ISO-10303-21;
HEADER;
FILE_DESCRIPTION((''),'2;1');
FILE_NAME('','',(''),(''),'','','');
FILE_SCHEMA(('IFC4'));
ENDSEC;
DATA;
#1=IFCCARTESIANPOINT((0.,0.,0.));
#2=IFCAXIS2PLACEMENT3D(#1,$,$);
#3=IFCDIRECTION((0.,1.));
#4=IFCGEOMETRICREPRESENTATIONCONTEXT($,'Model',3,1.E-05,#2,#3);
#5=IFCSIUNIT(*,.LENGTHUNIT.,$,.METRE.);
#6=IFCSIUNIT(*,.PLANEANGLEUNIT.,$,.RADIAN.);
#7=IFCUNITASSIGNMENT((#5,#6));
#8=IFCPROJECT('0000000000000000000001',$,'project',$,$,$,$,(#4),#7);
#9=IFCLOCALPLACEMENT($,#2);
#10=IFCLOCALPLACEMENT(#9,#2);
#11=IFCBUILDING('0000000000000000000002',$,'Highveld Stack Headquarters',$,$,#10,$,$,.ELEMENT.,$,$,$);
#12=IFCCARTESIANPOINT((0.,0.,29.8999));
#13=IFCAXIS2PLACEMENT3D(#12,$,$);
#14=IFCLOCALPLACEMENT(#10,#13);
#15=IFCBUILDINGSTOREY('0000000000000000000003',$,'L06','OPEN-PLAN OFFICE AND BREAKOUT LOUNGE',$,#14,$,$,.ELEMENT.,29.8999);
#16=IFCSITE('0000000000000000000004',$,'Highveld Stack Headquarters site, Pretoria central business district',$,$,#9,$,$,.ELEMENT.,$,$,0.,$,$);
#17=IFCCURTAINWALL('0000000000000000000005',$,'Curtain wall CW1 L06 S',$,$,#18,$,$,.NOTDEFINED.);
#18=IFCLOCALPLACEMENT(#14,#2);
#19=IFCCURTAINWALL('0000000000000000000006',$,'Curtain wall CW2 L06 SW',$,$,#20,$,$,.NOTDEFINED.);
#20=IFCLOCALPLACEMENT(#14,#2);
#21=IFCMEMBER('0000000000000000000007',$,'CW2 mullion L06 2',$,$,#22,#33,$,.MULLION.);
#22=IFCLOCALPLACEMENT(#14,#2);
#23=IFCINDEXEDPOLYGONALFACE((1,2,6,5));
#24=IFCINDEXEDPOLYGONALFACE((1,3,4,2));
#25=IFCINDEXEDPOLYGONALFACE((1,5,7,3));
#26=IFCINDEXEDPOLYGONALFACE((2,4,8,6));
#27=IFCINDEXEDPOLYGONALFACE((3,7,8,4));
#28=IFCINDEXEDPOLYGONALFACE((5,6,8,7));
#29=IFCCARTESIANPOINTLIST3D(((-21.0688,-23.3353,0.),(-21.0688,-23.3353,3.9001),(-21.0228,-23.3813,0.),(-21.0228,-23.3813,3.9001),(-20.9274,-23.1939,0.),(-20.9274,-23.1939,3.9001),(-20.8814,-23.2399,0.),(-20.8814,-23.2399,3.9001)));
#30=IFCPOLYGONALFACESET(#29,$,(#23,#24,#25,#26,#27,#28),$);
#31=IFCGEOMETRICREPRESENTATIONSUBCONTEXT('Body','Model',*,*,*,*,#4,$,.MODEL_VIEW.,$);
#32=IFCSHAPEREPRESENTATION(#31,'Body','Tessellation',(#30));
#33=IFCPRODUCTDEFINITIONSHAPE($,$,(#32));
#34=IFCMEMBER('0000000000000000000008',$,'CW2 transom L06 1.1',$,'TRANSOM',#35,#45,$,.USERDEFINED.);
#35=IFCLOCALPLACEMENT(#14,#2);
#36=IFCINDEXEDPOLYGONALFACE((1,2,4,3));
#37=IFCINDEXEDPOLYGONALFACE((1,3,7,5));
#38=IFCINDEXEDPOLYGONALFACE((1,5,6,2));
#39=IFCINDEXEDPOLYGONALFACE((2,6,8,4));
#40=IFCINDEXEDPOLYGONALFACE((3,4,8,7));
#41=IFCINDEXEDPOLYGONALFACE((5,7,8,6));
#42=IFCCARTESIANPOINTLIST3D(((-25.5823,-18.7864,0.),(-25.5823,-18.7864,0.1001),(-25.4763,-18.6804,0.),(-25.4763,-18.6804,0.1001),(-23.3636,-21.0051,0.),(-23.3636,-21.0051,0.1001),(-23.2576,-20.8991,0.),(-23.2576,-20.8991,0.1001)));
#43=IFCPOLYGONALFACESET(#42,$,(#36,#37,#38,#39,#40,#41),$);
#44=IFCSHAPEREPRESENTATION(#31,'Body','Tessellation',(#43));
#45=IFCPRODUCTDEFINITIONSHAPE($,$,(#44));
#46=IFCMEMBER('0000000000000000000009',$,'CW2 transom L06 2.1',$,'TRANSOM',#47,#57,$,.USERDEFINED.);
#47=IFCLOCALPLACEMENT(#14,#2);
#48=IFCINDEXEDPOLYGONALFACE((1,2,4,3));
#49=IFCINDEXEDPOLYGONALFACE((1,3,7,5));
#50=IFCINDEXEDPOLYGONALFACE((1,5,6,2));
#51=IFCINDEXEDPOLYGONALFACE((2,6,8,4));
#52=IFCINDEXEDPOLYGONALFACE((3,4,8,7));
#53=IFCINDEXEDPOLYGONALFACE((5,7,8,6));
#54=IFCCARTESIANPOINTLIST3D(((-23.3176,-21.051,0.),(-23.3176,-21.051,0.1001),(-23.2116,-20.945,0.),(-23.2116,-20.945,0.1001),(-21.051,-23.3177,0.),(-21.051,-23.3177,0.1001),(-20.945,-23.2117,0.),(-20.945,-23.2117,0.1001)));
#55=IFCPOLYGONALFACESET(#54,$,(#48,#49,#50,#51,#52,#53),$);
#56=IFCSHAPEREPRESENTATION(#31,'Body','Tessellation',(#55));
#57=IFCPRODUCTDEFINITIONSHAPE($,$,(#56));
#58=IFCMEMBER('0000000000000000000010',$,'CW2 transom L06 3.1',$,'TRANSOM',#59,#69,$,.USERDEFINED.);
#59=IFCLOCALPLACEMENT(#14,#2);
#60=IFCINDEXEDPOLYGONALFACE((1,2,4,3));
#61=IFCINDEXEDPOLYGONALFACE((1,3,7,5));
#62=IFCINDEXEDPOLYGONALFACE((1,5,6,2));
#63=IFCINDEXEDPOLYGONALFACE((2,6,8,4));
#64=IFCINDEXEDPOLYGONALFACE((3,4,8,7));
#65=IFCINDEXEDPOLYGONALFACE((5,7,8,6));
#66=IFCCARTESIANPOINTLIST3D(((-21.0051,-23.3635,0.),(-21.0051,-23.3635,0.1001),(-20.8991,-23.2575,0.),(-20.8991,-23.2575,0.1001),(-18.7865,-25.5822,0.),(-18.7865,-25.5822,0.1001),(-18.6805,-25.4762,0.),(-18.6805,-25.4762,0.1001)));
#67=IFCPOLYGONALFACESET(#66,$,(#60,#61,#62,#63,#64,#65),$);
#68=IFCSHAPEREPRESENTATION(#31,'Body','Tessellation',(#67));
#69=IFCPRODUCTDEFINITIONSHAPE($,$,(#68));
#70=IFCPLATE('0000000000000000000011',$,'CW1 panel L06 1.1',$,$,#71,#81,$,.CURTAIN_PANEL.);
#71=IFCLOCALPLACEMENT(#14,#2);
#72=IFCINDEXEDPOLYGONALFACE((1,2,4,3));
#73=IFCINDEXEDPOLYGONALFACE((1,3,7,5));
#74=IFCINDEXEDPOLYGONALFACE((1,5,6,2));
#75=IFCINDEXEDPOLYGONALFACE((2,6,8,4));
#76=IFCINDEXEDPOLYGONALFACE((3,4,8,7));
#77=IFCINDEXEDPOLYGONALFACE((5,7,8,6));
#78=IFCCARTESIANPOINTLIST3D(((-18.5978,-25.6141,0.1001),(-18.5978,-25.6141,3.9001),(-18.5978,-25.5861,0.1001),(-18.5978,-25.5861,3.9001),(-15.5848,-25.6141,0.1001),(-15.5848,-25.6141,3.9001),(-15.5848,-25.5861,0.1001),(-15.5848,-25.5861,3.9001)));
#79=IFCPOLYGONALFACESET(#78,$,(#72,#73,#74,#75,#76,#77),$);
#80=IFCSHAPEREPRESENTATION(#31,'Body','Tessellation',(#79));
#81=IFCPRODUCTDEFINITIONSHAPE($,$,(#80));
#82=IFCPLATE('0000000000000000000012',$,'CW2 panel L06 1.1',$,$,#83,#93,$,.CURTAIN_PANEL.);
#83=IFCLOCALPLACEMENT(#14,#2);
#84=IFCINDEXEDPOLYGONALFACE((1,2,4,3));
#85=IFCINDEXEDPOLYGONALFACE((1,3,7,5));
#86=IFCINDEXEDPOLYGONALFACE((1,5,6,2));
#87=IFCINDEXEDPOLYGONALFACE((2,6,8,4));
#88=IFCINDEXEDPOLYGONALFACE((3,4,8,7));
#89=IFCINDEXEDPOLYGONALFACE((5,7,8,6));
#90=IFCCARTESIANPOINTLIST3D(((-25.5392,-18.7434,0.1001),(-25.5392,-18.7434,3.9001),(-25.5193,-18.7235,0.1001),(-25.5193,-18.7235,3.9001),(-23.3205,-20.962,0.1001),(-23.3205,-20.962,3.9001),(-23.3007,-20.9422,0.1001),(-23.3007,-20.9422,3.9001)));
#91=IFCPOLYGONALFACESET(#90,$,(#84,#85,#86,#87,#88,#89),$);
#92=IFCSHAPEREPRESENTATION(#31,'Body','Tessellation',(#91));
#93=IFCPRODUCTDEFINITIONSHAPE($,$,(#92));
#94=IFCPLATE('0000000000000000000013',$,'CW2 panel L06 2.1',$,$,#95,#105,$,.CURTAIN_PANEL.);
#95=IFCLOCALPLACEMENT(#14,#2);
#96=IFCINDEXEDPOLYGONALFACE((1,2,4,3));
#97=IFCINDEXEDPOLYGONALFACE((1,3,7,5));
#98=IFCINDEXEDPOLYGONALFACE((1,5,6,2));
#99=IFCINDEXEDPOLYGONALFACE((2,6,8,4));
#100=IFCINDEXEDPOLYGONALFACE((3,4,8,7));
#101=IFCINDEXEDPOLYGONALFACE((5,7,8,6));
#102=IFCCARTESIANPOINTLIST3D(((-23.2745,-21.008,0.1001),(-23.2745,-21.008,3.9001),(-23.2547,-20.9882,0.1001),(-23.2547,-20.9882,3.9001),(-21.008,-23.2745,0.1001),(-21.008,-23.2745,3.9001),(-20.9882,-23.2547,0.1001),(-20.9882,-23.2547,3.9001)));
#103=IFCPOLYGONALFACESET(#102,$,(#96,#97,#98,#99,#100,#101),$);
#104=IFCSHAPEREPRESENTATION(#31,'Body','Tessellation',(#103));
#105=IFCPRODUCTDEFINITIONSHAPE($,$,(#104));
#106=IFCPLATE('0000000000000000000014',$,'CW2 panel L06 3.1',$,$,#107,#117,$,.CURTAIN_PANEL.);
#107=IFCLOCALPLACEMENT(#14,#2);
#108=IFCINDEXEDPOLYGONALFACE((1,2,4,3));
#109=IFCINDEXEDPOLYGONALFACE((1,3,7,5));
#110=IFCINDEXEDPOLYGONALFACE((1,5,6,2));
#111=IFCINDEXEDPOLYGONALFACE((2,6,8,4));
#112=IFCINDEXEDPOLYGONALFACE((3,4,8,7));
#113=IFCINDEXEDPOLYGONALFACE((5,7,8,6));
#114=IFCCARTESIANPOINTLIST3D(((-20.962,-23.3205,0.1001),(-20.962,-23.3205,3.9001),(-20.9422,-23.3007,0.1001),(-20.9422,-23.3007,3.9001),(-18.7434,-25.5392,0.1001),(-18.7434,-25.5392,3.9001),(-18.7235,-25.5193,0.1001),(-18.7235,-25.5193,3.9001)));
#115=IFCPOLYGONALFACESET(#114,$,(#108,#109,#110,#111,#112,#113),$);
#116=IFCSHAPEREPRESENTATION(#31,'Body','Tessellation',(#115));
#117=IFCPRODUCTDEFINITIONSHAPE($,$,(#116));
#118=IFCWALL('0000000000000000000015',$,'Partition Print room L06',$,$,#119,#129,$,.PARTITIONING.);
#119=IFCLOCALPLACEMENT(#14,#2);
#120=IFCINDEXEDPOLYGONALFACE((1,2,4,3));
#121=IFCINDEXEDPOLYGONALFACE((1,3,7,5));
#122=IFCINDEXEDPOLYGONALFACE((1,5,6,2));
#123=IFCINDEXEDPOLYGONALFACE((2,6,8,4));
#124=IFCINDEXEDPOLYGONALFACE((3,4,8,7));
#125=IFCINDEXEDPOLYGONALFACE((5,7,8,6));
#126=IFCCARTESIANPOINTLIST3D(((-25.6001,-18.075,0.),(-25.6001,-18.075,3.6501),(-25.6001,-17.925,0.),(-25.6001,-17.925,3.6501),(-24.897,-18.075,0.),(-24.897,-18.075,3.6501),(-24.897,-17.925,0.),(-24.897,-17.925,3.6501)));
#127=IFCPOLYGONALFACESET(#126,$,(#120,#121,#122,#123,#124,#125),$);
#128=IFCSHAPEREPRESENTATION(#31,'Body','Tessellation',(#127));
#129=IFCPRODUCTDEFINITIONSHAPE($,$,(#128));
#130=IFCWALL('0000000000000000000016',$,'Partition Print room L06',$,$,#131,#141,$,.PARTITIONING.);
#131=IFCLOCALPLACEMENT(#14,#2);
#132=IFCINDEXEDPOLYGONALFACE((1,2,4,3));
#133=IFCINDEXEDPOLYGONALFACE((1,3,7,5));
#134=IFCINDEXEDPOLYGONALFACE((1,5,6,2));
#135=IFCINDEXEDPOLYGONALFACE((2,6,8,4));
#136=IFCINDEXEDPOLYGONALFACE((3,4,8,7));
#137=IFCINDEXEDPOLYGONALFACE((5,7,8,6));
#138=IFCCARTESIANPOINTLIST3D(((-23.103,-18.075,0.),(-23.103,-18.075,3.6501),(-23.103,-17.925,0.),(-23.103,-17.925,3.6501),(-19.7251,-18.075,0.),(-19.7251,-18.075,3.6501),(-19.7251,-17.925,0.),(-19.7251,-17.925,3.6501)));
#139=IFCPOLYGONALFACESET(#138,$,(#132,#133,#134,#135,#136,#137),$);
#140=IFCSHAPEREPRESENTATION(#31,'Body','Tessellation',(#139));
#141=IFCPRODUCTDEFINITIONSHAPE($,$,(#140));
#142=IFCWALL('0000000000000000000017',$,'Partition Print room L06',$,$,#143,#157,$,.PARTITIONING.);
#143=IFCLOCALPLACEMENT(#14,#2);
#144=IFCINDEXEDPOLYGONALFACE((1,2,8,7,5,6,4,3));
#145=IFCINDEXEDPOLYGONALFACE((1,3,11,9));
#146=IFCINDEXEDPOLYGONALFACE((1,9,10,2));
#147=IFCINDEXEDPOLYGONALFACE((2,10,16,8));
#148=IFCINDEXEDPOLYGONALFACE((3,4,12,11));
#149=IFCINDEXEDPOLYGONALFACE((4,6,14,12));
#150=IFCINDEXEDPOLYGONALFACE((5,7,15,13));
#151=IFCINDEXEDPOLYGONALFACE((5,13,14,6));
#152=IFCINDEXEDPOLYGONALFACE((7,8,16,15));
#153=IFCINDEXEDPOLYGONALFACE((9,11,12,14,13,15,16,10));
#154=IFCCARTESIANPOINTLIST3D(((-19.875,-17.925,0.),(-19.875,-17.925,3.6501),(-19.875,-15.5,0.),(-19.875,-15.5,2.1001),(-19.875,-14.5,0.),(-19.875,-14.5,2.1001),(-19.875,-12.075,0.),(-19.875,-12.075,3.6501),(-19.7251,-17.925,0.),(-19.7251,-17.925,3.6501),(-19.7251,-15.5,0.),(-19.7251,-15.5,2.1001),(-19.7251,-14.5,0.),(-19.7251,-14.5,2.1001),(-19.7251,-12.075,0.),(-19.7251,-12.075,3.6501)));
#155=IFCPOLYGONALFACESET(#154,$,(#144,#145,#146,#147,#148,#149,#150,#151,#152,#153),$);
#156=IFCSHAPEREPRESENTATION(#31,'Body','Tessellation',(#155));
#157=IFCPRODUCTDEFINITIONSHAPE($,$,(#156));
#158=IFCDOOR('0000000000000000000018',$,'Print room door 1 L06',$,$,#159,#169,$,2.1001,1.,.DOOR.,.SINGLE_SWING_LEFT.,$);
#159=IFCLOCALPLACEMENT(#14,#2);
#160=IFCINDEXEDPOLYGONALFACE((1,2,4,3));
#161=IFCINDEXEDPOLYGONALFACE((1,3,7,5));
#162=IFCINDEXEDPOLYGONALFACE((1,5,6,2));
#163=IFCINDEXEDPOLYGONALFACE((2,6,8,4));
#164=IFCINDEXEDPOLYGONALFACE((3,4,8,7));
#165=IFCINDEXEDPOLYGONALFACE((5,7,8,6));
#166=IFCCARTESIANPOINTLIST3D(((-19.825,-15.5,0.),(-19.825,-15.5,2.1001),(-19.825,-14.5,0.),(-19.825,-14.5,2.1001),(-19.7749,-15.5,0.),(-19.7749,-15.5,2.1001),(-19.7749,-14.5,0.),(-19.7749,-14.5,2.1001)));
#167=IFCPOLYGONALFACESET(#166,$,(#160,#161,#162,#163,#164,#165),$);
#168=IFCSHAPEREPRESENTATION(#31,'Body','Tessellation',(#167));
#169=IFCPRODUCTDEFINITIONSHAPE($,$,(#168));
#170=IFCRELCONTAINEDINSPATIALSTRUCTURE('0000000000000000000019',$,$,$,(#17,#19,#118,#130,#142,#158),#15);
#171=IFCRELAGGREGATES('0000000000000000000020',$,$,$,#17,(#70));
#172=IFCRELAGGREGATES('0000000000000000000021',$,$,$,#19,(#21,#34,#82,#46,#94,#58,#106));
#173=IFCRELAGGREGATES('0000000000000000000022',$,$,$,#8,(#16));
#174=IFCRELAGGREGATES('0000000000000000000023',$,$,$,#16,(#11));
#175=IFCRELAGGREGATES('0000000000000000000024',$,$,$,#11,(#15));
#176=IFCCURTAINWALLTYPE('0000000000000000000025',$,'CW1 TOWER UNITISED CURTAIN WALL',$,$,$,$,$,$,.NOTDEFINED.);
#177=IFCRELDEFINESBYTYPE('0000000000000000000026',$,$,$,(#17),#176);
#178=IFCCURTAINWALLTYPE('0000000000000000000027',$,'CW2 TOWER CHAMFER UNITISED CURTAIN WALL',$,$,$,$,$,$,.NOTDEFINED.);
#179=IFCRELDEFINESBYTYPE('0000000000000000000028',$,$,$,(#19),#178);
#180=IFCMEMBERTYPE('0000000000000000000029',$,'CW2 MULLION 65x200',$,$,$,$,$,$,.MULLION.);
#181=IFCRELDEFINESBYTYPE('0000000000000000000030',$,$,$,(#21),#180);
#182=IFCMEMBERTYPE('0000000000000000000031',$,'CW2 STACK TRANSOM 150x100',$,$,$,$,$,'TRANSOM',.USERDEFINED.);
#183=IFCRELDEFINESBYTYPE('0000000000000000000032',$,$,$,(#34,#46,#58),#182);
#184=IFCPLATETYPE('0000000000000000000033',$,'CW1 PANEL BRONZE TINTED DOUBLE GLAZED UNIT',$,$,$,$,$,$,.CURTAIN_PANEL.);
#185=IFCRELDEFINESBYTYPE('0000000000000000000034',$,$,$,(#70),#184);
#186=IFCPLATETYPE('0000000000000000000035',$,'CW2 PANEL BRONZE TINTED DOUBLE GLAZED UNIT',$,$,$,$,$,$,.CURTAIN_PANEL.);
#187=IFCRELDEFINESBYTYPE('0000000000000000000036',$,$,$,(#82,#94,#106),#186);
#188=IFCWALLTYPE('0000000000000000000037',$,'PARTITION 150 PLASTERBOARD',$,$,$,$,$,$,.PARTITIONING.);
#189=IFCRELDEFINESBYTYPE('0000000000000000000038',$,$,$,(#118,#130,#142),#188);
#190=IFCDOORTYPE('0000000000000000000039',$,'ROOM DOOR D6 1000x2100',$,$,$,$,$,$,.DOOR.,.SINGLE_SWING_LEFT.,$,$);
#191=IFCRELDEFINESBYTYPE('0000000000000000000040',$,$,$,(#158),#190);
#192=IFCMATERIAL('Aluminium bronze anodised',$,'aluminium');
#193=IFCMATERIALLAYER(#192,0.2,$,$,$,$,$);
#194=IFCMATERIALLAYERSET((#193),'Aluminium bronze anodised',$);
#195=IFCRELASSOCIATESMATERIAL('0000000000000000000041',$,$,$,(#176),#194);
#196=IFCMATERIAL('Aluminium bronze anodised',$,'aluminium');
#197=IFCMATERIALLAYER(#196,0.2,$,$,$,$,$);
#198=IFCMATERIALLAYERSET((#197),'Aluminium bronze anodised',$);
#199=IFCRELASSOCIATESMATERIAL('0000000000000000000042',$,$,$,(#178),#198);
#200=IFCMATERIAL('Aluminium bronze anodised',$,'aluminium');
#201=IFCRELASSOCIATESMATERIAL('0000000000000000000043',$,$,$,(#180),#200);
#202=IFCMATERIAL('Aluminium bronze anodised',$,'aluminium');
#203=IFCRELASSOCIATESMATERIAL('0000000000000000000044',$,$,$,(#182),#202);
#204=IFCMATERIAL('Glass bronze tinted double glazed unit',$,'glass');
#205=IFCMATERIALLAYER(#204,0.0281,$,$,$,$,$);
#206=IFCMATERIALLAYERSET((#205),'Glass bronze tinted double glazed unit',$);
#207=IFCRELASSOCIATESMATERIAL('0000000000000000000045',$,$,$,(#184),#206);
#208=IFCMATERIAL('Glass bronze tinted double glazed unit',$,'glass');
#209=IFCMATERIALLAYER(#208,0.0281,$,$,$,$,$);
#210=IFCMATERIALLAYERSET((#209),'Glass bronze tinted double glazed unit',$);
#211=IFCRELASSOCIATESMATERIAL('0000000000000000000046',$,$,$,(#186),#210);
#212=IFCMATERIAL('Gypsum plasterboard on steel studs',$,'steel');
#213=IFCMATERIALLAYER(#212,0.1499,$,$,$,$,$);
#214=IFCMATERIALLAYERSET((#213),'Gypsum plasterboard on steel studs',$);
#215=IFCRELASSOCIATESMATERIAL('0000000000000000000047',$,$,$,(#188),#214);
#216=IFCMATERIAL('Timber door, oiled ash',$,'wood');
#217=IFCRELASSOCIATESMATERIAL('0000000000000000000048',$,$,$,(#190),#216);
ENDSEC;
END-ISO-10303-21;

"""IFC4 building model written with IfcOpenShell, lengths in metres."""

from ifc_helpers import new_model, si_unit, direction, frame, frame_2d, origin, origin_2d, place, context, subcontext, project, spatial, rectangle, extrude, material, layer, layer_set, material_profile, profile_set, type_object, element, fill, aggregate, save


model = new_model("IFC4")

# Units and contexts
model_context = context("Model", 3, precision=1e-05, world=origin(), true_north=direction((0.0, 1.0)))
body_context = subcontext(model_context, "Body", "Model", "MODEL_VIEW")
ifc_project = project(units=[si_unit("LENGTHUNIT", "METRE"), si_unit("PLANEANGLEUNIT", "RADIAN")], contexts=[model_context])

# Site, building, storey
site_placement = place(None, origin())
site = spatial("IfcSite", under=ifc_project, at=site_placement, Name="Highveld Stack Headquarters site, Pretoria central business district", CompositionType="ELEMENT", RefElevation=0.0)
building_placement = place(site_placement, origin())
building = spatial("IfcBuilding", under=site, at=building_placement, Name="Highveld Stack Headquarters", CompositionType="ELEMENT")
storey_placement = place(building_placement, frame((0.0, 0.0, 29.8999)))
storey = spatial("IfcBuildingStorey", under=building, at=storey_placement, Name="L06", Description="OPEN-PLAN OFFICE AND BREAKOUT LOUNGE", CompositionType="ELEMENT", Elevation=29.8999)

# Curtain wall
ifc_material_1 = material(Name="Aluminium bronze anodised", Category="aluminium")
ifc_layer_1 = layer(ifc_material_1, 0.2)
ifc_layer_set_1 = layer_set([ifc_layer_1], Name="Aluminium bronze anodised")
curtain_wall_type_1 = type_object("IfcCurtainWallType", Name="CW1 TOWER UNITISED CURTAIN WALL", PredefinedType="NOTDEFINED", material=ifc_layer_set_1)
curtain_wall_1_placement = place(storey_placement, origin())
curtain_wall_1 = element("IfcCurtainWall", 1, at=curtain_wall_1_placement, inside=storey, type_object=curtain_wall_type_1, Name="Curtain wall CW1 L06 S", PredefinedType="NOTDEFINED")

# Curtain wall, members
ifc_material_2 = material(Name="Aluminium bronze anodised", Category="aluminium")
ifc_layer_2 = layer(ifc_material_2, 0.2)
ifc_layer_set_2 = layer_set([ifc_layer_2], Name="Aluminium bronze anodised")
curtain_wall_type_2 = type_object("IfcCurtainWallType", Name="CW2 TOWER CHAMFER UNITISED CURTAIN WALL", PredefinedType="NOTDEFINED", material=ifc_layer_set_2)
curtain_wall_2_placement = place(storey_placement, origin())
curtain_wall_2 = element("IfcCurtainWall", 2, at=curtain_wall_2_placement, inside=storey, type_object=curtain_wall_type_2, Name="Curtain wall CW2 L06 SW", PredefinedType="NOTDEFINED")
ifc_material_3 = material(Name="Aluminium bronze anodised", Category="aluminium")
ifc_material_profile_1 = material_profile(ifc_material_3, rectangle(XDim=0.2, YDim=0.0649, at=origin_2d()), Name="CW2 MULLION 65x200")
ifc_profile_set_1 = profile_set([ifc_material_profile_1], Name="Aluminium bronze anodised")
member_type_1 = type_object("IfcMemberType", Name="CW2 MULLION 65x200", PredefinedType="MULLION", material=ifc_profile_set_1)
member_1_placement = place(storey_placement, frame((-20.9751, -23.2876, 0.0), z_axis=(0.0, 0.0, 1.0), x_axis=(0.707107, 0.707107, 0.0)))
member_1 = element("IfcMember", 3, at=member_1_placement, type_object=member_type_1, Name="CW2 mullion L06 2", PredefinedType="MULLION", context=body_context, shape_type="SweptSolid", body=[
    extrude(rectangle(XDim=0.2, YDim=0.0649, at=origin_2d()), origin(), (0.0, 0.0, 1.0), 3.9001),
])
ifc_material_4 = material(Name="Aluminium bronze anodised", Category="aluminium")
ifc_material_profile_2 = material_profile(ifc_material_4, rectangle(XDim=0.1499, YDim=0.1001, at=origin_2d()), Name="CW2 TRANSOM 150x100")
ifc_profile_set_2 = profile_set([ifc_material_profile_2], Name="Aluminium bronze anodised")
member_type_2 = type_object("IfcMemberType", Name="CW2 STACK TRANSOM 150x100", ElementType="TRANSOM", PredefinedType="USERDEFINED", material=ifc_profile_set_2)
member_2_placement = place(storey_placement, frame((-25.5293, -18.7334, 0.05), z_axis=(0.707107, -0.707107, 0.0), x_axis=(0.707107, 0.707107, 0.0)))
member_2 = element("IfcMember", 4, at=member_2_placement, type_object=member_type_2, Name="CW2 transom L06 1.1", ObjectType="TRANSOM", PredefinedType="USERDEFINED", context=body_context, shape_type="SweptSolid", body=[
    extrude(rectangle(XDim=0.1499, YDim=0.1001, at=origin_2d()), origin(), (0.0, 0.0, 1.0), 3.1377),
])
member_3_placement = place(storey_placement, frame((-23.2646, -20.998, 0.05), z_axis=(0.707107, -0.707107, 0.0), x_axis=(0.707107, 0.707107, 0.0)))
member_3 = element("IfcMember", 5, at=member_3_placement, type_object=member_type_2, Name="CW2 transom L06 2.1", ObjectType="TRANSOM", PredefinedType="USERDEFINED", context=body_context, shape_type="SweptSolid", body=[
    extrude(rectangle(XDim=0.1499, YDim=0.1001, at=origin_2d()), origin(), (0.0, 0.0, 1.0), 3.2056),
])
member_4_placement = place(storey_placement, frame((-20.9521, -23.3105, 0.05), z_axis=(0.707107, -0.707107, 0.0), x_axis=(0.707107, 0.707107, 0.0)))
member_4 = element("IfcMember", 6, at=member_4_placement, type_object=member_type_2, Name="CW2 transom L06 3.1", ObjectType="TRANSOM", PredefinedType="USERDEFINED", context=body_context, shape_type="SweptSolid", body=[
    extrude(rectangle(XDim=0.1499, YDim=0.1001, at=origin_2d()), origin(), (0.0, 0.0, 1.0), 3.1377),
])

# Plates
ifc_material_5 = material(Name="Glass bronze tinted double glazed unit", Category="glass")
ifc_layer_3 = layer(ifc_material_5, 0.0281)
ifc_layer_set_3 = layer_set([ifc_layer_3], Name="Glass bronze tinted double glazed unit")
plate_type_1 = type_object("IfcPlateType", Name="CW1 PANEL BRONZE TINTED DOUBLE GLAZED UNIT", PredefinedType="CURTAIN_PANEL", material=ifc_layer_set_3)
plate_1_placement = place(storey_placement, frame((-17.0913, -25.6001, 0.1001), z_axis=(0.0, 0.0, 1.0), x_axis=(1.0, 0.0, 0.0)))
plate_1 = element("IfcPlate", 7, at=plate_1_placement, type_object=plate_type_1, Name="CW1 panel L06 1.1", PredefinedType="CURTAIN_PANEL", context=body_context, shape_type="SweptSolid", body=[
    extrude(rectangle(XDim=3.0129, YDim=0.0281, at=origin_2d()), origin(), (0.0, 0.0, 1.0), 3.8),
])
aggregate(curtain_wall_1, [plate_1])
ifc_material_6 = material(Name="Glass bronze tinted double glazed unit", Category="glass")
ifc_layer_4 = layer(ifc_material_6, 0.0281)
ifc_layer_set_4 = layer_set([ifc_layer_4], Name="Glass bronze tinted double glazed unit")
plate_type_2 = type_object("IfcPlateType", Name="CW2 PANEL BRONZE TINTED DOUBLE GLAZED UNIT", PredefinedType="CURTAIN_PANEL", material=ifc_layer_set_4)
plate_2_placement = place(storey_placement, frame((-24.4199, -19.8428, 0.1001), z_axis=(0.0, 0.0, 1.0), x_axis=(0.707107, -0.707107, 0.0)))
plate_2 = element("IfcPlate", 8, at=plate_2_placement, type_object=plate_type_2, Name="CW2 panel L06 1.1", PredefinedType="CURTAIN_PANEL", context=body_context, shape_type="SweptSolid", body=[
    extrude(rectangle(XDim=3.1377, YDim=0.0281, at=origin_2d()), origin(), (0.0, 0.0, 1.0), 3.8),
])
plate_3_placement = place(storey_placement, frame((-22.1313, -22.1313, 0.1001), z_axis=(0.0, 0.0, 1.0), x_axis=(0.707107, -0.707107, 0.0)))
plate_3 = element("IfcPlate", 9, at=plate_3_placement, type_object=plate_type_2, Name="CW2 panel L06 2.1", PredefinedType="CURTAIN_PANEL", context=body_context, shape_type="SweptSolid", body=[
    extrude(rectangle(XDim=3.2053, YDim=0.0281, at=origin_2d()), origin(), (0.0, 0.0, 1.0), 3.8),
])
plate_4_placement = place(storey_placement, frame((-19.8428, -24.4199, 0.1001), z_axis=(0.0, 0.0, 1.0), x_axis=(0.707107, -0.707107, 0.0)))
plate_4 = element("IfcPlate", 10, at=plate_4_placement, type_object=plate_type_2, Name="CW2 panel L06 3.1", PredefinedType="CURTAIN_PANEL", context=body_context, shape_type="SweptSolid", body=[
    extrude(rectangle(XDim=3.1377, YDim=0.0281, at=origin_2d()), origin(), (0.0, 0.0, 1.0), 3.8),
])
aggregate(curtain_wall_2, [member_1, member_2, plate_2, member_3, plate_3, member_4, plate_4])

# Walls
ifc_material_7 = material(Name="Gypsum plasterboard on steel studs", Category="steel")
ifc_layer_5 = layer(ifc_material_7, 0.1499)
ifc_layer_set_5 = layer_set([ifc_layer_5], Name="Gypsum plasterboard on steel studs")
wall_type = type_object("IfcWallType", Name="PARTITION 150 PLASTERBOARD", PredefinedType="PARTITIONING", material=ifc_layer_set_5)
wall_1_placement = place(storey_placement, frame((-25.6001, -18.0, 0.0), z_axis=(0.0, 0.0, 1.0), x_axis=(1.0, 0.0, 0.0)))
element("IfcWall", 11, at=wall_1_placement, inside=storey, type_object=wall_type, Name="Partition Print room L06", PredefinedType="PARTITIONING", context=body_context, shape_type="SweptSolid", body=[
    extrude(rectangle(XDim=0.7031, YDim=0.1499, at=frame_2d((0.3516, 0.0))), origin(), (0.0, 0.0, 1.0), 3.6501),
])
wall_2_placement = place(storey_placement, frame((-23.103, -18.0, 0.0), z_axis=(0.0, 0.0, 1.0), x_axis=(1.0, 0.0, 0.0)))
element("IfcWall", 12, at=wall_2_placement, inside=storey, type_object=wall_type, Name="Partition Print room L06", PredefinedType="PARTITIONING", context=body_context, shape_type="SweptSolid", body=[
    extrude(rectangle(XDim=3.3779, YDim=0.1499, at=frame_2d((1.689, 0.0))), origin(), (0.0, 0.0, 1.0), 3.6501),
])

# Wall, opening, door
wall_3_placement = place(storey_placement, frame((-19.8, -17.925, 0.0), z_axis=(0.0, 0.0, 1.0), x_axis=(0.0, 1.0, 0.0)))
wall_3 = element("IfcWall", 13, at=wall_3_placement, inside=storey, type_object=wall_type, Name="Partition Print room L06", PredefinedType="PARTITIONING", context=body_context, shape_type="SweptSolid", body=[
    extrude(rectangle(XDim=5.8501, YDim=0.1499, at=frame_2d((2.925, 0.0))), origin(), (0.0, 0.0, 1.0), 3.6501),
])
opening_placement = place(wall_3_placement, frame((2.425, 0.0, 0.0)))
opening = element("IfcOpeningElement", 14, at=opening_placement, cuts=wall_3, PredefinedType="OPENING", context=body_context, shape_type="SweptSolid", body=[
    extrude(rectangle(XDim=1.0, YDim=2.1001, at=frame_2d((0.5, 1.05))), frame((0.0, 0.085, 0.0), z_axis=(0.0, -1.0, 0.0), x_axis=(1.0, 0.0, 0.0)), (0.0, 0.0, 1.0), 0.1699),
])
ifc_material_8 = material(Name="Timber door, oiled ash", Category="wood")
door_type = type_object("IfcDoorType", Name="ROOM DOOR D6 1000x2100", OperationType="SINGLE_SWING_LEFT", PredefinedType="DOOR", material=ifc_material_8)
door_placement = place(opening_placement, origin())
door = element("IfcDoor", 15, at=door_placement, inside=storey, type_object=door_type, Name="Print room door 1 L06", OperationType="SINGLE_SWING_LEFT", OverallHeight=2.1001, OverallWidth=1.0, PredefinedType="DOOR", context=body_context, shape_type="SweptSolid", body=[
    extrude(rectangle(XDim=1.0, YDim=2.1001, at=frame_2d((0.5, 1.05))), frame((0.0, 0.0249, 0.0), z_axis=(0.0, -1.0, 0.0), x_axis=(1.0, 0.0, 0.0)), (0.0, 0.0, 1.0), 0.05),
])
fill(opening, door)

save(model, "model.ifc")
